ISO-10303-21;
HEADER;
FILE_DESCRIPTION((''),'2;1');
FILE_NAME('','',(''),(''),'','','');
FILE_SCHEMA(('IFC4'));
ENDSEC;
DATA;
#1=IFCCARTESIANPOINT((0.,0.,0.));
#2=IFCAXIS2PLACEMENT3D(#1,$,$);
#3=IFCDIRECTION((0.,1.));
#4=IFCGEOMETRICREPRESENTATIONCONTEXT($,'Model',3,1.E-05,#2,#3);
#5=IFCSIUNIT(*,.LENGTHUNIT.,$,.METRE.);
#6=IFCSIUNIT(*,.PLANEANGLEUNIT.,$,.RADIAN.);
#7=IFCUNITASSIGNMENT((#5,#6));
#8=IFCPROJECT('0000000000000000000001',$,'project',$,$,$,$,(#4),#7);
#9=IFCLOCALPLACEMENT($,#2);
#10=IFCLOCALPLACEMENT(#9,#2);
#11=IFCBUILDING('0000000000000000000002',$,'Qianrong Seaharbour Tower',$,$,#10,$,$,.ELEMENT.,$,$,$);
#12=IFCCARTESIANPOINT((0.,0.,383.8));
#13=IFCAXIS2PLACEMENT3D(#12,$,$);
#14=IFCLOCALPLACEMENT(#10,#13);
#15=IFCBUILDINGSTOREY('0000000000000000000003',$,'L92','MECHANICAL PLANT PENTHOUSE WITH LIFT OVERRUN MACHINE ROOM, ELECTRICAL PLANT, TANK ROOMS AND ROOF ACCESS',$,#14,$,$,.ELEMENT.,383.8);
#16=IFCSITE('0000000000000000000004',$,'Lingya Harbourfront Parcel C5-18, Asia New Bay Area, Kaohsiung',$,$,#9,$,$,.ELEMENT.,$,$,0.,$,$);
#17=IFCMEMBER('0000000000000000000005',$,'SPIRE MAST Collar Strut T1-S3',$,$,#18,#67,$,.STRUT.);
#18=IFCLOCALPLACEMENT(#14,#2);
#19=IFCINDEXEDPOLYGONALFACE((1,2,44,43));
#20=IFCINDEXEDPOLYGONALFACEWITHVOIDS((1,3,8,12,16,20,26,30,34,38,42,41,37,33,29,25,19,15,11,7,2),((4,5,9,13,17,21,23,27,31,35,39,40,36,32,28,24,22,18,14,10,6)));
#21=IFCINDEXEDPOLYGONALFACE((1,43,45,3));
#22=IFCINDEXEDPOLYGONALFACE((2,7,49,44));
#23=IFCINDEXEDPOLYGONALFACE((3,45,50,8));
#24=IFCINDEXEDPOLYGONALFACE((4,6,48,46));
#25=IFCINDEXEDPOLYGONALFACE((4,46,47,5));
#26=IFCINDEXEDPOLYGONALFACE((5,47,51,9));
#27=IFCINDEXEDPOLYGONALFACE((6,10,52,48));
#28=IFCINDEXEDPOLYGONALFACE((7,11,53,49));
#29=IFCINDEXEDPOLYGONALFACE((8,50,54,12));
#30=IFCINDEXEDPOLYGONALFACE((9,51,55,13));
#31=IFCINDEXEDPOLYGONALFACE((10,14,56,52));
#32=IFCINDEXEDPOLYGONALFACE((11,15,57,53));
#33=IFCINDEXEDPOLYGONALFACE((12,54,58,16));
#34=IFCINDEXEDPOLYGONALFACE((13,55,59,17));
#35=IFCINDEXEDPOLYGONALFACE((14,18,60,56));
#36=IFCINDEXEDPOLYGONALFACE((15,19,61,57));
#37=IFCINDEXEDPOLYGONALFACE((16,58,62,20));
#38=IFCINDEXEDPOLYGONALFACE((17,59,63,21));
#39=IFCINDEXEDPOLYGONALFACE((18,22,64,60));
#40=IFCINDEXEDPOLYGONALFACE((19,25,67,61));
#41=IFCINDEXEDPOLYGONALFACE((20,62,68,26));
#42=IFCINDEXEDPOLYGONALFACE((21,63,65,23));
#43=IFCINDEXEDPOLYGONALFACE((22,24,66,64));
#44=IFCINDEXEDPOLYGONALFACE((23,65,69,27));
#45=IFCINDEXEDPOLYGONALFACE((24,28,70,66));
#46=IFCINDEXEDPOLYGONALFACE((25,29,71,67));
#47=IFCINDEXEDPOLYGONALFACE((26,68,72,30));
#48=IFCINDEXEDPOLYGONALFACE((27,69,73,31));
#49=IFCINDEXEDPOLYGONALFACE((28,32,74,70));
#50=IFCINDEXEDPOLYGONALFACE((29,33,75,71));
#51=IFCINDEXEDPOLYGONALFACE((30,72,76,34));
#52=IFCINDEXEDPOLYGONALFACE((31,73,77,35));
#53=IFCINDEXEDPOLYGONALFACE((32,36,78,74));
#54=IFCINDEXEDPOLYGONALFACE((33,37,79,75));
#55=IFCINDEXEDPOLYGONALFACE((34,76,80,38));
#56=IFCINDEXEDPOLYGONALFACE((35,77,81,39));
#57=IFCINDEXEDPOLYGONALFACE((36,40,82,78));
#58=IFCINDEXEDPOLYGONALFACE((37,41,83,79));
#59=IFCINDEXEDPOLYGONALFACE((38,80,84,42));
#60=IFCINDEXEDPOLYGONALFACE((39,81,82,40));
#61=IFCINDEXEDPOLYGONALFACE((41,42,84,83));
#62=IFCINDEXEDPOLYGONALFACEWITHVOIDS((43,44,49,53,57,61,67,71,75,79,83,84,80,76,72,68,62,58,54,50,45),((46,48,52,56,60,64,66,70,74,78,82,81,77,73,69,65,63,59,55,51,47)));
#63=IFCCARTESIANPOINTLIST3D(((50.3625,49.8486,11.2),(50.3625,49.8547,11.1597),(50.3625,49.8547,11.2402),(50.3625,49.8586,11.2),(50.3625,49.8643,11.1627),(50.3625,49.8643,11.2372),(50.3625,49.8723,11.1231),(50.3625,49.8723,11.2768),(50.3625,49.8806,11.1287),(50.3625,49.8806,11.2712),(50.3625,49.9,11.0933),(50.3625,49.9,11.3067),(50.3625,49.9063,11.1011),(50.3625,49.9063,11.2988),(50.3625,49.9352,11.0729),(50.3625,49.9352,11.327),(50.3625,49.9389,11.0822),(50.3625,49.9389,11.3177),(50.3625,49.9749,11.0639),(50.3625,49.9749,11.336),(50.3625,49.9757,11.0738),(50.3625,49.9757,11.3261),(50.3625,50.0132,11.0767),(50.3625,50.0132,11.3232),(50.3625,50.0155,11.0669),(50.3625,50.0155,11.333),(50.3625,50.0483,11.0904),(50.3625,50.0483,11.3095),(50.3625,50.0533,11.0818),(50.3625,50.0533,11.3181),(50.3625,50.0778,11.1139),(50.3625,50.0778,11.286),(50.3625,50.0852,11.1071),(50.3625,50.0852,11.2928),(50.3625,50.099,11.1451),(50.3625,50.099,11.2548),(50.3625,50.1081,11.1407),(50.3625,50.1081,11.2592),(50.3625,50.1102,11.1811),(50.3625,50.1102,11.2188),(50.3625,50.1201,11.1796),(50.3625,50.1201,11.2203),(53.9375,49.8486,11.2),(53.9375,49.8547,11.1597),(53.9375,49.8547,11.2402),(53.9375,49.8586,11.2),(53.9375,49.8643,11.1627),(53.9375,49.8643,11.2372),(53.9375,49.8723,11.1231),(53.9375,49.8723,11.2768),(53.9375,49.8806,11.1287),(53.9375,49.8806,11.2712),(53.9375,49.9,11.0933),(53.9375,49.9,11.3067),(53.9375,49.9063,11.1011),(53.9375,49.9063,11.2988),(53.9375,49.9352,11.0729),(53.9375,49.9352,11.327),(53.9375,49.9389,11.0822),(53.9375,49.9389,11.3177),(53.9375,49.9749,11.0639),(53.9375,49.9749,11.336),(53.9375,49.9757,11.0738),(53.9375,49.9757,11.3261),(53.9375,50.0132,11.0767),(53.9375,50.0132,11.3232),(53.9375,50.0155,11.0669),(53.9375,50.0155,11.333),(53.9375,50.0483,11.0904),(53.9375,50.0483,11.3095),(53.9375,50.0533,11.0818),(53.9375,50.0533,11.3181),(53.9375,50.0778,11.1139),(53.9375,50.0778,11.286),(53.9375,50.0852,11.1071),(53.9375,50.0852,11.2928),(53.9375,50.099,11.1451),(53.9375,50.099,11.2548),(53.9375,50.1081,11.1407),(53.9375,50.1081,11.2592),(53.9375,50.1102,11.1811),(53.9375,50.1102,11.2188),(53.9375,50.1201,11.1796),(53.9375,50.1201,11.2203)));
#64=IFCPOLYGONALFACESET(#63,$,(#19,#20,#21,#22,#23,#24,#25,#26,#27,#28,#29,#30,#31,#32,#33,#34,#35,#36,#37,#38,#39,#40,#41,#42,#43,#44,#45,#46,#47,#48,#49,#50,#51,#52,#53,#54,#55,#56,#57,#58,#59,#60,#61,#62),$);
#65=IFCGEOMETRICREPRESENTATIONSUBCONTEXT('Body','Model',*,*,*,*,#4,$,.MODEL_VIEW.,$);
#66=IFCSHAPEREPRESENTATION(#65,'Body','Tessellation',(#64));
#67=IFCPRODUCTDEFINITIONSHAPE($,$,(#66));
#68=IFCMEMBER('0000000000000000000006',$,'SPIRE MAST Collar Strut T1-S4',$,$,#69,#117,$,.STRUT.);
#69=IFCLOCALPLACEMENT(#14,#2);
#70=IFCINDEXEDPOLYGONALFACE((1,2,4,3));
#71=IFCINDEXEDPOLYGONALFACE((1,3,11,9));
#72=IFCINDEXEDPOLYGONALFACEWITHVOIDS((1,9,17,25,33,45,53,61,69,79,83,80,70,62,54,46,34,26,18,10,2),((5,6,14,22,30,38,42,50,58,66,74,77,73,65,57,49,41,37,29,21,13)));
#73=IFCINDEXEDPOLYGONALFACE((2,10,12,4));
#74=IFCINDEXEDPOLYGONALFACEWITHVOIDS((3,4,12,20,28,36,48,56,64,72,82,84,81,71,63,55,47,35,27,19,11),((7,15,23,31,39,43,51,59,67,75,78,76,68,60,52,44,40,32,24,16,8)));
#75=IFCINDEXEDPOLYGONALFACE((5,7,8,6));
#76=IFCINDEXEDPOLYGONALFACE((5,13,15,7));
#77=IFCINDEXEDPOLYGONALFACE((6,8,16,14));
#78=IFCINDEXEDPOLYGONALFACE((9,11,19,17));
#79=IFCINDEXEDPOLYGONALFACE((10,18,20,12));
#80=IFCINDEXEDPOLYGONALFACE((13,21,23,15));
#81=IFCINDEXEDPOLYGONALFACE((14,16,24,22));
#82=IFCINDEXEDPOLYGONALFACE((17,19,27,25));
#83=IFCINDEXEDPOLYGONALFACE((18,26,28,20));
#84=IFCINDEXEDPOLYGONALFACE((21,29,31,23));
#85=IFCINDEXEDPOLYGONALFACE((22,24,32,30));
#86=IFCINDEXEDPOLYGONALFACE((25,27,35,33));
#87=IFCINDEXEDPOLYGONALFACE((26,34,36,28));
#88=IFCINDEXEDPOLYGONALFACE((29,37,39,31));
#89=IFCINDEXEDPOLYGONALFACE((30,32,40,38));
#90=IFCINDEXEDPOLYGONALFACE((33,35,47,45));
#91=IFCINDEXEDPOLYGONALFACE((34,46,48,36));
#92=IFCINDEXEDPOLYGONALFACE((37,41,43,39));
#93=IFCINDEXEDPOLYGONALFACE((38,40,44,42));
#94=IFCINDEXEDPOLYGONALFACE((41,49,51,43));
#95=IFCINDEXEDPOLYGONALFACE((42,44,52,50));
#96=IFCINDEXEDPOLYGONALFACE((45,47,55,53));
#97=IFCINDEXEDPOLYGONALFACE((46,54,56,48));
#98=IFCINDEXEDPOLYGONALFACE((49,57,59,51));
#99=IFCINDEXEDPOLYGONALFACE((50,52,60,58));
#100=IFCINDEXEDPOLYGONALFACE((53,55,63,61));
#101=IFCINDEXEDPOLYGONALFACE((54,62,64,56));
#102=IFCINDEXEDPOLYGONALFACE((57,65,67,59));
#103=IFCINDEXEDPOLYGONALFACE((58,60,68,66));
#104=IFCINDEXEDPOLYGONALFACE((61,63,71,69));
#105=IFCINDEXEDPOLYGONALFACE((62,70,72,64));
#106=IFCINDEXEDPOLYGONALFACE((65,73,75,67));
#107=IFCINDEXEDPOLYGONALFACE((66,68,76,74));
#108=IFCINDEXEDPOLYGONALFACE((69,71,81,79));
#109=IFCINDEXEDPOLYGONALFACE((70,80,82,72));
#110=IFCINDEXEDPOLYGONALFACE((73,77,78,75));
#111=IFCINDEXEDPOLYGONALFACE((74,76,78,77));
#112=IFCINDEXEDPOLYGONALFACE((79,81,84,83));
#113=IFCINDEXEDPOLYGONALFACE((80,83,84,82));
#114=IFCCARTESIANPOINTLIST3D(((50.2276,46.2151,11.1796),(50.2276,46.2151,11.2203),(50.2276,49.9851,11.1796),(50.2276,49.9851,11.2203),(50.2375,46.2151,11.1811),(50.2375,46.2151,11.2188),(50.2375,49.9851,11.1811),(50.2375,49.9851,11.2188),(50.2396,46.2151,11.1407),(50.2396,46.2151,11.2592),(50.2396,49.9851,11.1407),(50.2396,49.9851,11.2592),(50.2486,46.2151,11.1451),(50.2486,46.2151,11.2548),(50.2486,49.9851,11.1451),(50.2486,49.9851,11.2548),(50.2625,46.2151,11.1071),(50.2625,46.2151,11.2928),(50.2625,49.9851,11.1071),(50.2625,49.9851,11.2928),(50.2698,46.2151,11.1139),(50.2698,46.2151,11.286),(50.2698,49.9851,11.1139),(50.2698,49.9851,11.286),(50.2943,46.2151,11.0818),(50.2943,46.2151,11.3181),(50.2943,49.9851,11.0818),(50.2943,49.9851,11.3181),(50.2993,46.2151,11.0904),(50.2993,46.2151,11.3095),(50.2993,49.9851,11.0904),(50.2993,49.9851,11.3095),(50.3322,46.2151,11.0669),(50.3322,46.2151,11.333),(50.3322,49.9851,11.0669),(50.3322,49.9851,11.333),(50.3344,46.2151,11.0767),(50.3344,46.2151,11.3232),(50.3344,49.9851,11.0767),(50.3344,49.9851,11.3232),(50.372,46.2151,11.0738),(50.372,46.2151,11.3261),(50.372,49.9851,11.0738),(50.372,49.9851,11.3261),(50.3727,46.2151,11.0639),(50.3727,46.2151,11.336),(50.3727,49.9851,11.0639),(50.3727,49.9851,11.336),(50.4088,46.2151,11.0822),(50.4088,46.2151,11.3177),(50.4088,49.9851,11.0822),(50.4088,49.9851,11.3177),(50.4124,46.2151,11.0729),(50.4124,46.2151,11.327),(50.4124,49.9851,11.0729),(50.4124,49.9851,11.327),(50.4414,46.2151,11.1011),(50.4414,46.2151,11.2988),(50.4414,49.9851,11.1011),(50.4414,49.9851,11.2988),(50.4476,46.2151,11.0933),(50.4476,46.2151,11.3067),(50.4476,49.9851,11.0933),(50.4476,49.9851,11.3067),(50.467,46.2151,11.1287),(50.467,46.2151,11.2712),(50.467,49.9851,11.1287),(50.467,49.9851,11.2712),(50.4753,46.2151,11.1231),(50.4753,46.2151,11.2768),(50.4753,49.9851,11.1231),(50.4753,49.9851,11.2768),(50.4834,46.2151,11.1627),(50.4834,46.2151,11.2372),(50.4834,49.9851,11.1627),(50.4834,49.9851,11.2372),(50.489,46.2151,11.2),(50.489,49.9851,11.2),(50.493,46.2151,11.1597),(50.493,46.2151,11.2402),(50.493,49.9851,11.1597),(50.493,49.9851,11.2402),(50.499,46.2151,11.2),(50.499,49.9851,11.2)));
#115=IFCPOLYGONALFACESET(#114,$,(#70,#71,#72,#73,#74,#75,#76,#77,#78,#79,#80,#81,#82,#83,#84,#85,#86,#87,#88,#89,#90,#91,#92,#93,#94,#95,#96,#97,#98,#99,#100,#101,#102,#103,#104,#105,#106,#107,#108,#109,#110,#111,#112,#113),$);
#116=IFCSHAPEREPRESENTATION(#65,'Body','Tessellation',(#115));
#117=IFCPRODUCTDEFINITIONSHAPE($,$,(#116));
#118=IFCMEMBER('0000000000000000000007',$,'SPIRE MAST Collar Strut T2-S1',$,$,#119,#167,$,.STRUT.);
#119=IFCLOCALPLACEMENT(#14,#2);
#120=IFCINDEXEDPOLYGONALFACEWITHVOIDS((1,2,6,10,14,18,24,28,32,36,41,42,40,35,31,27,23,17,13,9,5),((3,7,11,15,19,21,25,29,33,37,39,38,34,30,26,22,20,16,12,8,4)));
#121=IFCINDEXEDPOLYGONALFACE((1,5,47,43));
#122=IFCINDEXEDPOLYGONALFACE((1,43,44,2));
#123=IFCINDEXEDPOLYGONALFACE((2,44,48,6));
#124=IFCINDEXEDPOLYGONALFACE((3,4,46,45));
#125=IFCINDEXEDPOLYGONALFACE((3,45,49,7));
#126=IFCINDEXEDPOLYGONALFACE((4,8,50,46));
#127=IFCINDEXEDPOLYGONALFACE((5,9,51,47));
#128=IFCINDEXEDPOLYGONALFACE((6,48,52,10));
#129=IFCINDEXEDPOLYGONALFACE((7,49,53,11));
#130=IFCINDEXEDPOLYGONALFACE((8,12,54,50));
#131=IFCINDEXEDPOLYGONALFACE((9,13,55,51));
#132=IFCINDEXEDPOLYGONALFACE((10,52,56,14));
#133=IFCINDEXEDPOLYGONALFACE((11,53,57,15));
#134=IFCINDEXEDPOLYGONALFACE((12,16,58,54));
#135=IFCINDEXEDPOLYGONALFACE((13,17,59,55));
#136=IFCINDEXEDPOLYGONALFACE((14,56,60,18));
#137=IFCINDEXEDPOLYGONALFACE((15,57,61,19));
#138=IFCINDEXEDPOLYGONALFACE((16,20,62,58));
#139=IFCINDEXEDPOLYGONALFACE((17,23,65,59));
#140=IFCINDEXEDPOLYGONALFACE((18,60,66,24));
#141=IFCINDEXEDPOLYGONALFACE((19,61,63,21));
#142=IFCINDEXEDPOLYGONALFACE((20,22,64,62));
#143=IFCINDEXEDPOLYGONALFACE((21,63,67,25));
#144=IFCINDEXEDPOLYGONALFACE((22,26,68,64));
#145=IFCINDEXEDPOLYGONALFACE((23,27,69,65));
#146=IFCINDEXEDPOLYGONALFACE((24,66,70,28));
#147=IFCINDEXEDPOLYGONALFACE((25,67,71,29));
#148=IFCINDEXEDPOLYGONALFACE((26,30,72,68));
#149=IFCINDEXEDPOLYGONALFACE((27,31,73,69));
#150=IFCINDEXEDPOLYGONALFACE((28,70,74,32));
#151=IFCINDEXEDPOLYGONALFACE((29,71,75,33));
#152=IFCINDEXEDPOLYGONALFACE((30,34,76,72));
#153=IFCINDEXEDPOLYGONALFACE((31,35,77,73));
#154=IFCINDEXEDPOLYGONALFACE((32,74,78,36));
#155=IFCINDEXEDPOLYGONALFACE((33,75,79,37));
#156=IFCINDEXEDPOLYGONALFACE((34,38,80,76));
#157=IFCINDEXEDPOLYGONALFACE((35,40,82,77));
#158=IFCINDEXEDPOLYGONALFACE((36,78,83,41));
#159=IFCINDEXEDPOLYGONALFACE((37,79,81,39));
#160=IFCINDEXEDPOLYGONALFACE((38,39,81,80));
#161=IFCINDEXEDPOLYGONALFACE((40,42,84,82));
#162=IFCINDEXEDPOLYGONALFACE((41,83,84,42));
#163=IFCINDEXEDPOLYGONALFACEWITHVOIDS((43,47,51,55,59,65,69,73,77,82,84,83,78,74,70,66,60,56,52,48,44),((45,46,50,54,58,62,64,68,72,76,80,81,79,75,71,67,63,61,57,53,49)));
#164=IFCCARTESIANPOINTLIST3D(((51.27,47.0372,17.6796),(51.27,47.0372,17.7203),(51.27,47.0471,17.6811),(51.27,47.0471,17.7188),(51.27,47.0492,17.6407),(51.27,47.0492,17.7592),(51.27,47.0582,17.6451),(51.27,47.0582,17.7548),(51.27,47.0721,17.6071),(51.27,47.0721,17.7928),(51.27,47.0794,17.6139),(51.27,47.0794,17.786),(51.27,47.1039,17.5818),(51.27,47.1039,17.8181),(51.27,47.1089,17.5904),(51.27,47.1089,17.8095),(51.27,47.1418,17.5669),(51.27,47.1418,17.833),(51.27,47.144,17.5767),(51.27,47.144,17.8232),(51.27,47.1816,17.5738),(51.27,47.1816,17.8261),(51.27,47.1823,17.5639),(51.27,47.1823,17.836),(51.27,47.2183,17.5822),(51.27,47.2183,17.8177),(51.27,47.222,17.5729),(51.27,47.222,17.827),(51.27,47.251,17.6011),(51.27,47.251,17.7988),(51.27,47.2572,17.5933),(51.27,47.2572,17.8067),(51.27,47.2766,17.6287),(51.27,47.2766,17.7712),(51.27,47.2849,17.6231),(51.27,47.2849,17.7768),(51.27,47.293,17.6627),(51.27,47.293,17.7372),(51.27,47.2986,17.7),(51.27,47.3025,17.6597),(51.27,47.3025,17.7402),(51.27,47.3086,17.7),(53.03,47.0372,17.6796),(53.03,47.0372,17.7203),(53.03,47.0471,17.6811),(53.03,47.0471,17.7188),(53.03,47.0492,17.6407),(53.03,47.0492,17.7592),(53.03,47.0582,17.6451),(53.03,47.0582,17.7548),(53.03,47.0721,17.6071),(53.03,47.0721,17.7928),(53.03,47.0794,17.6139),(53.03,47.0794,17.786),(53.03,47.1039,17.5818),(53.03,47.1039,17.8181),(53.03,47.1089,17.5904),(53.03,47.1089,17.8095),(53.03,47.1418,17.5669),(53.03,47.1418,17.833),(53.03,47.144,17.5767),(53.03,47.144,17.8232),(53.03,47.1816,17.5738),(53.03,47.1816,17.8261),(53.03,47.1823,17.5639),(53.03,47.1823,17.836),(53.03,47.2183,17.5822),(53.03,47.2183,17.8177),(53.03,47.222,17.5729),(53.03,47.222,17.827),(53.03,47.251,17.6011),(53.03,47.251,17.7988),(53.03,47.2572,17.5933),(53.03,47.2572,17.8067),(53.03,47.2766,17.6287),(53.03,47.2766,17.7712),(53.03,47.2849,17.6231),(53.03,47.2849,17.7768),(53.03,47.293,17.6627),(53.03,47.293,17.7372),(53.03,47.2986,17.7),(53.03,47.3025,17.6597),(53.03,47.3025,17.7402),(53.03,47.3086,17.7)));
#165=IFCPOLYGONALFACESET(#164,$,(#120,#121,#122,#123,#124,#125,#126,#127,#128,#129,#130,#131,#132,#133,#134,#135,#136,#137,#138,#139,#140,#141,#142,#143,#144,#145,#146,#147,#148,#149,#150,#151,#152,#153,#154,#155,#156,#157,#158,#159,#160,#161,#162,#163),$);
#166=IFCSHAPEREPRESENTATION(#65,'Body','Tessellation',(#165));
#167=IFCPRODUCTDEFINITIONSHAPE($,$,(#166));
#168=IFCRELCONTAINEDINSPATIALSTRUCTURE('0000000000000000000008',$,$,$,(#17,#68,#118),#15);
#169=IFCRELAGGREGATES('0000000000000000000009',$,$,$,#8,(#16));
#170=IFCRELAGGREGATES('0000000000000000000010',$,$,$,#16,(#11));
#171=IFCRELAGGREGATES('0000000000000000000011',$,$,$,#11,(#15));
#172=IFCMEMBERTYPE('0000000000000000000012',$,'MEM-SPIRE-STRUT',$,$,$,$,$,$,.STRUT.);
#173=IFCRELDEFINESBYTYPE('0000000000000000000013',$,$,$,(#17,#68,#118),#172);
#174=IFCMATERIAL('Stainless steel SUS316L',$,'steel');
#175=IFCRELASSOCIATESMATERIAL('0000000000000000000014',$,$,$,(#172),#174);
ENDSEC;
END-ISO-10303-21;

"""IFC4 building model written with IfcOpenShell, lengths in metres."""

from ifc_helpers import new_model, si_unit, direction, frame, origin, origin_2d, place, context, subcontext, project, spatial, hollow_circle, extrude, material, material_profile, profile_set, type_object, element, save


model = new_model("IFC4")

# Units and contexts
model_context = context("Model", 3, precision=1e-05, world=origin(), true_north=direction((0.0, 1.0)))
body_context = subcontext(model_context, "Body", "Model", "MODEL_VIEW")
ifc_project = project(units=[si_unit("LENGTHUNIT", "METRE"), si_unit("PLANEANGLEUNIT", "RADIAN")], contexts=[model_context])

# Site, building, storey
site_placement = place(None, origin())
site = spatial("IfcSite", under=ifc_project, at=site_placement, Name="Lingya Harbourfront Parcel C5-18, Asia New Bay Area, Kaohsiung", CompositionType="ELEMENT", RefElevation=0.0)
building_placement = place(site_placement, origin())
building = spatial("IfcBuilding", under=site, at=building_placement, Name="Qianrong Seaharbour Tower", CompositionType="ELEMENT")
storey_placement = place(building_placement, frame((0.0, 0.0, 383.8)))
storey = spatial("IfcBuildingStorey", under=building, at=storey_placement, Name="L92", Description="MECHANICAL PLANT PENTHOUSE WITH LIFT OVERRUN MACHINE ROOM, ELECTRICAL PLANT, TANK ROOMS AND ROOF ACCESS", CompositionType="ELEMENT", Elevation=383.8)

# Shared definitions
ifc_material = material(Name="Stainless steel SUS316L", Category="steel")

# Members
ifc_material_profile_1 = material_profile(ifc_material, hollow_circle(Radius=0.1365, WallThickness=0.01, at=origin_2d()), Name="CHS273.0x10")
ifc_profile_set_1 = profile_set([ifc_material_profile_1], Name="Stainless steel SUS316L")
member_type_1 = type_object("IfcMemberType", Name="MEM-SPIRE-STRUT", PredefinedType="STRUT", material=ifc_profile_set_1)
member_1_placement = place(storey_placement, frame((53.9375, 49.9851, 11.2), z_axis=(-1.0, 0.0, 0.0), x_axis=(0.0, -1.0, 0.0)))
element("IfcMember", 1, at=member_1_placement, inside=storey, type_object=member_type_1, Name="SPIRE MAST Collar Strut T1-S3", PredefinedType="STRUT", context=body_context, shape_type="SweptSolid", body=[
    extrude(hollow_circle(Radius=0.1365, WallThickness=0.01, at=origin_2d()), origin(), (0.0, 0.0, 1.0), 3.575),
])
member_2_placement = place(storey_placement, frame((50.3625, 49.9851, 11.2), z_axis=(0.0, -1.0, 0.0), x_axis=(1.0, 0.0, 0.0)))
element("IfcMember", 2, at=member_2_placement, inside=storey, type_object=member_type_1, Name="SPIRE MAST Collar Strut T1-S4", PredefinedType="STRUT", context=body_context, shape_type="SweptSolid", body=[
    extrude(hollow_circle(Radius=0.1365, WallThickness=0.01, at=origin_2d()), origin(), (0.0, 0.0, 1.0), 3.77),
])
member_3_placement = place(storey_placement, frame((51.27, 47.1721, 17.7), z_axis=(1.0, 0.0, 0.0), x_axis=(0.0, 1.0, 0.0)))
element("IfcMember", 3, at=member_3_placement, inside=storey, type_object=member_type_1, Name="SPIRE MAST Collar Strut T2-S1", PredefinedType="STRUT", context=body_context, shape_type="SweptSolid", body=[
    extrude(hollow_circle(Radius=0.1365, WallThickness=0.01, at=origin_2d()), origin(), (0.0, 0.0, 1.0), 1.76),
])

save(model, "model.ifc")
